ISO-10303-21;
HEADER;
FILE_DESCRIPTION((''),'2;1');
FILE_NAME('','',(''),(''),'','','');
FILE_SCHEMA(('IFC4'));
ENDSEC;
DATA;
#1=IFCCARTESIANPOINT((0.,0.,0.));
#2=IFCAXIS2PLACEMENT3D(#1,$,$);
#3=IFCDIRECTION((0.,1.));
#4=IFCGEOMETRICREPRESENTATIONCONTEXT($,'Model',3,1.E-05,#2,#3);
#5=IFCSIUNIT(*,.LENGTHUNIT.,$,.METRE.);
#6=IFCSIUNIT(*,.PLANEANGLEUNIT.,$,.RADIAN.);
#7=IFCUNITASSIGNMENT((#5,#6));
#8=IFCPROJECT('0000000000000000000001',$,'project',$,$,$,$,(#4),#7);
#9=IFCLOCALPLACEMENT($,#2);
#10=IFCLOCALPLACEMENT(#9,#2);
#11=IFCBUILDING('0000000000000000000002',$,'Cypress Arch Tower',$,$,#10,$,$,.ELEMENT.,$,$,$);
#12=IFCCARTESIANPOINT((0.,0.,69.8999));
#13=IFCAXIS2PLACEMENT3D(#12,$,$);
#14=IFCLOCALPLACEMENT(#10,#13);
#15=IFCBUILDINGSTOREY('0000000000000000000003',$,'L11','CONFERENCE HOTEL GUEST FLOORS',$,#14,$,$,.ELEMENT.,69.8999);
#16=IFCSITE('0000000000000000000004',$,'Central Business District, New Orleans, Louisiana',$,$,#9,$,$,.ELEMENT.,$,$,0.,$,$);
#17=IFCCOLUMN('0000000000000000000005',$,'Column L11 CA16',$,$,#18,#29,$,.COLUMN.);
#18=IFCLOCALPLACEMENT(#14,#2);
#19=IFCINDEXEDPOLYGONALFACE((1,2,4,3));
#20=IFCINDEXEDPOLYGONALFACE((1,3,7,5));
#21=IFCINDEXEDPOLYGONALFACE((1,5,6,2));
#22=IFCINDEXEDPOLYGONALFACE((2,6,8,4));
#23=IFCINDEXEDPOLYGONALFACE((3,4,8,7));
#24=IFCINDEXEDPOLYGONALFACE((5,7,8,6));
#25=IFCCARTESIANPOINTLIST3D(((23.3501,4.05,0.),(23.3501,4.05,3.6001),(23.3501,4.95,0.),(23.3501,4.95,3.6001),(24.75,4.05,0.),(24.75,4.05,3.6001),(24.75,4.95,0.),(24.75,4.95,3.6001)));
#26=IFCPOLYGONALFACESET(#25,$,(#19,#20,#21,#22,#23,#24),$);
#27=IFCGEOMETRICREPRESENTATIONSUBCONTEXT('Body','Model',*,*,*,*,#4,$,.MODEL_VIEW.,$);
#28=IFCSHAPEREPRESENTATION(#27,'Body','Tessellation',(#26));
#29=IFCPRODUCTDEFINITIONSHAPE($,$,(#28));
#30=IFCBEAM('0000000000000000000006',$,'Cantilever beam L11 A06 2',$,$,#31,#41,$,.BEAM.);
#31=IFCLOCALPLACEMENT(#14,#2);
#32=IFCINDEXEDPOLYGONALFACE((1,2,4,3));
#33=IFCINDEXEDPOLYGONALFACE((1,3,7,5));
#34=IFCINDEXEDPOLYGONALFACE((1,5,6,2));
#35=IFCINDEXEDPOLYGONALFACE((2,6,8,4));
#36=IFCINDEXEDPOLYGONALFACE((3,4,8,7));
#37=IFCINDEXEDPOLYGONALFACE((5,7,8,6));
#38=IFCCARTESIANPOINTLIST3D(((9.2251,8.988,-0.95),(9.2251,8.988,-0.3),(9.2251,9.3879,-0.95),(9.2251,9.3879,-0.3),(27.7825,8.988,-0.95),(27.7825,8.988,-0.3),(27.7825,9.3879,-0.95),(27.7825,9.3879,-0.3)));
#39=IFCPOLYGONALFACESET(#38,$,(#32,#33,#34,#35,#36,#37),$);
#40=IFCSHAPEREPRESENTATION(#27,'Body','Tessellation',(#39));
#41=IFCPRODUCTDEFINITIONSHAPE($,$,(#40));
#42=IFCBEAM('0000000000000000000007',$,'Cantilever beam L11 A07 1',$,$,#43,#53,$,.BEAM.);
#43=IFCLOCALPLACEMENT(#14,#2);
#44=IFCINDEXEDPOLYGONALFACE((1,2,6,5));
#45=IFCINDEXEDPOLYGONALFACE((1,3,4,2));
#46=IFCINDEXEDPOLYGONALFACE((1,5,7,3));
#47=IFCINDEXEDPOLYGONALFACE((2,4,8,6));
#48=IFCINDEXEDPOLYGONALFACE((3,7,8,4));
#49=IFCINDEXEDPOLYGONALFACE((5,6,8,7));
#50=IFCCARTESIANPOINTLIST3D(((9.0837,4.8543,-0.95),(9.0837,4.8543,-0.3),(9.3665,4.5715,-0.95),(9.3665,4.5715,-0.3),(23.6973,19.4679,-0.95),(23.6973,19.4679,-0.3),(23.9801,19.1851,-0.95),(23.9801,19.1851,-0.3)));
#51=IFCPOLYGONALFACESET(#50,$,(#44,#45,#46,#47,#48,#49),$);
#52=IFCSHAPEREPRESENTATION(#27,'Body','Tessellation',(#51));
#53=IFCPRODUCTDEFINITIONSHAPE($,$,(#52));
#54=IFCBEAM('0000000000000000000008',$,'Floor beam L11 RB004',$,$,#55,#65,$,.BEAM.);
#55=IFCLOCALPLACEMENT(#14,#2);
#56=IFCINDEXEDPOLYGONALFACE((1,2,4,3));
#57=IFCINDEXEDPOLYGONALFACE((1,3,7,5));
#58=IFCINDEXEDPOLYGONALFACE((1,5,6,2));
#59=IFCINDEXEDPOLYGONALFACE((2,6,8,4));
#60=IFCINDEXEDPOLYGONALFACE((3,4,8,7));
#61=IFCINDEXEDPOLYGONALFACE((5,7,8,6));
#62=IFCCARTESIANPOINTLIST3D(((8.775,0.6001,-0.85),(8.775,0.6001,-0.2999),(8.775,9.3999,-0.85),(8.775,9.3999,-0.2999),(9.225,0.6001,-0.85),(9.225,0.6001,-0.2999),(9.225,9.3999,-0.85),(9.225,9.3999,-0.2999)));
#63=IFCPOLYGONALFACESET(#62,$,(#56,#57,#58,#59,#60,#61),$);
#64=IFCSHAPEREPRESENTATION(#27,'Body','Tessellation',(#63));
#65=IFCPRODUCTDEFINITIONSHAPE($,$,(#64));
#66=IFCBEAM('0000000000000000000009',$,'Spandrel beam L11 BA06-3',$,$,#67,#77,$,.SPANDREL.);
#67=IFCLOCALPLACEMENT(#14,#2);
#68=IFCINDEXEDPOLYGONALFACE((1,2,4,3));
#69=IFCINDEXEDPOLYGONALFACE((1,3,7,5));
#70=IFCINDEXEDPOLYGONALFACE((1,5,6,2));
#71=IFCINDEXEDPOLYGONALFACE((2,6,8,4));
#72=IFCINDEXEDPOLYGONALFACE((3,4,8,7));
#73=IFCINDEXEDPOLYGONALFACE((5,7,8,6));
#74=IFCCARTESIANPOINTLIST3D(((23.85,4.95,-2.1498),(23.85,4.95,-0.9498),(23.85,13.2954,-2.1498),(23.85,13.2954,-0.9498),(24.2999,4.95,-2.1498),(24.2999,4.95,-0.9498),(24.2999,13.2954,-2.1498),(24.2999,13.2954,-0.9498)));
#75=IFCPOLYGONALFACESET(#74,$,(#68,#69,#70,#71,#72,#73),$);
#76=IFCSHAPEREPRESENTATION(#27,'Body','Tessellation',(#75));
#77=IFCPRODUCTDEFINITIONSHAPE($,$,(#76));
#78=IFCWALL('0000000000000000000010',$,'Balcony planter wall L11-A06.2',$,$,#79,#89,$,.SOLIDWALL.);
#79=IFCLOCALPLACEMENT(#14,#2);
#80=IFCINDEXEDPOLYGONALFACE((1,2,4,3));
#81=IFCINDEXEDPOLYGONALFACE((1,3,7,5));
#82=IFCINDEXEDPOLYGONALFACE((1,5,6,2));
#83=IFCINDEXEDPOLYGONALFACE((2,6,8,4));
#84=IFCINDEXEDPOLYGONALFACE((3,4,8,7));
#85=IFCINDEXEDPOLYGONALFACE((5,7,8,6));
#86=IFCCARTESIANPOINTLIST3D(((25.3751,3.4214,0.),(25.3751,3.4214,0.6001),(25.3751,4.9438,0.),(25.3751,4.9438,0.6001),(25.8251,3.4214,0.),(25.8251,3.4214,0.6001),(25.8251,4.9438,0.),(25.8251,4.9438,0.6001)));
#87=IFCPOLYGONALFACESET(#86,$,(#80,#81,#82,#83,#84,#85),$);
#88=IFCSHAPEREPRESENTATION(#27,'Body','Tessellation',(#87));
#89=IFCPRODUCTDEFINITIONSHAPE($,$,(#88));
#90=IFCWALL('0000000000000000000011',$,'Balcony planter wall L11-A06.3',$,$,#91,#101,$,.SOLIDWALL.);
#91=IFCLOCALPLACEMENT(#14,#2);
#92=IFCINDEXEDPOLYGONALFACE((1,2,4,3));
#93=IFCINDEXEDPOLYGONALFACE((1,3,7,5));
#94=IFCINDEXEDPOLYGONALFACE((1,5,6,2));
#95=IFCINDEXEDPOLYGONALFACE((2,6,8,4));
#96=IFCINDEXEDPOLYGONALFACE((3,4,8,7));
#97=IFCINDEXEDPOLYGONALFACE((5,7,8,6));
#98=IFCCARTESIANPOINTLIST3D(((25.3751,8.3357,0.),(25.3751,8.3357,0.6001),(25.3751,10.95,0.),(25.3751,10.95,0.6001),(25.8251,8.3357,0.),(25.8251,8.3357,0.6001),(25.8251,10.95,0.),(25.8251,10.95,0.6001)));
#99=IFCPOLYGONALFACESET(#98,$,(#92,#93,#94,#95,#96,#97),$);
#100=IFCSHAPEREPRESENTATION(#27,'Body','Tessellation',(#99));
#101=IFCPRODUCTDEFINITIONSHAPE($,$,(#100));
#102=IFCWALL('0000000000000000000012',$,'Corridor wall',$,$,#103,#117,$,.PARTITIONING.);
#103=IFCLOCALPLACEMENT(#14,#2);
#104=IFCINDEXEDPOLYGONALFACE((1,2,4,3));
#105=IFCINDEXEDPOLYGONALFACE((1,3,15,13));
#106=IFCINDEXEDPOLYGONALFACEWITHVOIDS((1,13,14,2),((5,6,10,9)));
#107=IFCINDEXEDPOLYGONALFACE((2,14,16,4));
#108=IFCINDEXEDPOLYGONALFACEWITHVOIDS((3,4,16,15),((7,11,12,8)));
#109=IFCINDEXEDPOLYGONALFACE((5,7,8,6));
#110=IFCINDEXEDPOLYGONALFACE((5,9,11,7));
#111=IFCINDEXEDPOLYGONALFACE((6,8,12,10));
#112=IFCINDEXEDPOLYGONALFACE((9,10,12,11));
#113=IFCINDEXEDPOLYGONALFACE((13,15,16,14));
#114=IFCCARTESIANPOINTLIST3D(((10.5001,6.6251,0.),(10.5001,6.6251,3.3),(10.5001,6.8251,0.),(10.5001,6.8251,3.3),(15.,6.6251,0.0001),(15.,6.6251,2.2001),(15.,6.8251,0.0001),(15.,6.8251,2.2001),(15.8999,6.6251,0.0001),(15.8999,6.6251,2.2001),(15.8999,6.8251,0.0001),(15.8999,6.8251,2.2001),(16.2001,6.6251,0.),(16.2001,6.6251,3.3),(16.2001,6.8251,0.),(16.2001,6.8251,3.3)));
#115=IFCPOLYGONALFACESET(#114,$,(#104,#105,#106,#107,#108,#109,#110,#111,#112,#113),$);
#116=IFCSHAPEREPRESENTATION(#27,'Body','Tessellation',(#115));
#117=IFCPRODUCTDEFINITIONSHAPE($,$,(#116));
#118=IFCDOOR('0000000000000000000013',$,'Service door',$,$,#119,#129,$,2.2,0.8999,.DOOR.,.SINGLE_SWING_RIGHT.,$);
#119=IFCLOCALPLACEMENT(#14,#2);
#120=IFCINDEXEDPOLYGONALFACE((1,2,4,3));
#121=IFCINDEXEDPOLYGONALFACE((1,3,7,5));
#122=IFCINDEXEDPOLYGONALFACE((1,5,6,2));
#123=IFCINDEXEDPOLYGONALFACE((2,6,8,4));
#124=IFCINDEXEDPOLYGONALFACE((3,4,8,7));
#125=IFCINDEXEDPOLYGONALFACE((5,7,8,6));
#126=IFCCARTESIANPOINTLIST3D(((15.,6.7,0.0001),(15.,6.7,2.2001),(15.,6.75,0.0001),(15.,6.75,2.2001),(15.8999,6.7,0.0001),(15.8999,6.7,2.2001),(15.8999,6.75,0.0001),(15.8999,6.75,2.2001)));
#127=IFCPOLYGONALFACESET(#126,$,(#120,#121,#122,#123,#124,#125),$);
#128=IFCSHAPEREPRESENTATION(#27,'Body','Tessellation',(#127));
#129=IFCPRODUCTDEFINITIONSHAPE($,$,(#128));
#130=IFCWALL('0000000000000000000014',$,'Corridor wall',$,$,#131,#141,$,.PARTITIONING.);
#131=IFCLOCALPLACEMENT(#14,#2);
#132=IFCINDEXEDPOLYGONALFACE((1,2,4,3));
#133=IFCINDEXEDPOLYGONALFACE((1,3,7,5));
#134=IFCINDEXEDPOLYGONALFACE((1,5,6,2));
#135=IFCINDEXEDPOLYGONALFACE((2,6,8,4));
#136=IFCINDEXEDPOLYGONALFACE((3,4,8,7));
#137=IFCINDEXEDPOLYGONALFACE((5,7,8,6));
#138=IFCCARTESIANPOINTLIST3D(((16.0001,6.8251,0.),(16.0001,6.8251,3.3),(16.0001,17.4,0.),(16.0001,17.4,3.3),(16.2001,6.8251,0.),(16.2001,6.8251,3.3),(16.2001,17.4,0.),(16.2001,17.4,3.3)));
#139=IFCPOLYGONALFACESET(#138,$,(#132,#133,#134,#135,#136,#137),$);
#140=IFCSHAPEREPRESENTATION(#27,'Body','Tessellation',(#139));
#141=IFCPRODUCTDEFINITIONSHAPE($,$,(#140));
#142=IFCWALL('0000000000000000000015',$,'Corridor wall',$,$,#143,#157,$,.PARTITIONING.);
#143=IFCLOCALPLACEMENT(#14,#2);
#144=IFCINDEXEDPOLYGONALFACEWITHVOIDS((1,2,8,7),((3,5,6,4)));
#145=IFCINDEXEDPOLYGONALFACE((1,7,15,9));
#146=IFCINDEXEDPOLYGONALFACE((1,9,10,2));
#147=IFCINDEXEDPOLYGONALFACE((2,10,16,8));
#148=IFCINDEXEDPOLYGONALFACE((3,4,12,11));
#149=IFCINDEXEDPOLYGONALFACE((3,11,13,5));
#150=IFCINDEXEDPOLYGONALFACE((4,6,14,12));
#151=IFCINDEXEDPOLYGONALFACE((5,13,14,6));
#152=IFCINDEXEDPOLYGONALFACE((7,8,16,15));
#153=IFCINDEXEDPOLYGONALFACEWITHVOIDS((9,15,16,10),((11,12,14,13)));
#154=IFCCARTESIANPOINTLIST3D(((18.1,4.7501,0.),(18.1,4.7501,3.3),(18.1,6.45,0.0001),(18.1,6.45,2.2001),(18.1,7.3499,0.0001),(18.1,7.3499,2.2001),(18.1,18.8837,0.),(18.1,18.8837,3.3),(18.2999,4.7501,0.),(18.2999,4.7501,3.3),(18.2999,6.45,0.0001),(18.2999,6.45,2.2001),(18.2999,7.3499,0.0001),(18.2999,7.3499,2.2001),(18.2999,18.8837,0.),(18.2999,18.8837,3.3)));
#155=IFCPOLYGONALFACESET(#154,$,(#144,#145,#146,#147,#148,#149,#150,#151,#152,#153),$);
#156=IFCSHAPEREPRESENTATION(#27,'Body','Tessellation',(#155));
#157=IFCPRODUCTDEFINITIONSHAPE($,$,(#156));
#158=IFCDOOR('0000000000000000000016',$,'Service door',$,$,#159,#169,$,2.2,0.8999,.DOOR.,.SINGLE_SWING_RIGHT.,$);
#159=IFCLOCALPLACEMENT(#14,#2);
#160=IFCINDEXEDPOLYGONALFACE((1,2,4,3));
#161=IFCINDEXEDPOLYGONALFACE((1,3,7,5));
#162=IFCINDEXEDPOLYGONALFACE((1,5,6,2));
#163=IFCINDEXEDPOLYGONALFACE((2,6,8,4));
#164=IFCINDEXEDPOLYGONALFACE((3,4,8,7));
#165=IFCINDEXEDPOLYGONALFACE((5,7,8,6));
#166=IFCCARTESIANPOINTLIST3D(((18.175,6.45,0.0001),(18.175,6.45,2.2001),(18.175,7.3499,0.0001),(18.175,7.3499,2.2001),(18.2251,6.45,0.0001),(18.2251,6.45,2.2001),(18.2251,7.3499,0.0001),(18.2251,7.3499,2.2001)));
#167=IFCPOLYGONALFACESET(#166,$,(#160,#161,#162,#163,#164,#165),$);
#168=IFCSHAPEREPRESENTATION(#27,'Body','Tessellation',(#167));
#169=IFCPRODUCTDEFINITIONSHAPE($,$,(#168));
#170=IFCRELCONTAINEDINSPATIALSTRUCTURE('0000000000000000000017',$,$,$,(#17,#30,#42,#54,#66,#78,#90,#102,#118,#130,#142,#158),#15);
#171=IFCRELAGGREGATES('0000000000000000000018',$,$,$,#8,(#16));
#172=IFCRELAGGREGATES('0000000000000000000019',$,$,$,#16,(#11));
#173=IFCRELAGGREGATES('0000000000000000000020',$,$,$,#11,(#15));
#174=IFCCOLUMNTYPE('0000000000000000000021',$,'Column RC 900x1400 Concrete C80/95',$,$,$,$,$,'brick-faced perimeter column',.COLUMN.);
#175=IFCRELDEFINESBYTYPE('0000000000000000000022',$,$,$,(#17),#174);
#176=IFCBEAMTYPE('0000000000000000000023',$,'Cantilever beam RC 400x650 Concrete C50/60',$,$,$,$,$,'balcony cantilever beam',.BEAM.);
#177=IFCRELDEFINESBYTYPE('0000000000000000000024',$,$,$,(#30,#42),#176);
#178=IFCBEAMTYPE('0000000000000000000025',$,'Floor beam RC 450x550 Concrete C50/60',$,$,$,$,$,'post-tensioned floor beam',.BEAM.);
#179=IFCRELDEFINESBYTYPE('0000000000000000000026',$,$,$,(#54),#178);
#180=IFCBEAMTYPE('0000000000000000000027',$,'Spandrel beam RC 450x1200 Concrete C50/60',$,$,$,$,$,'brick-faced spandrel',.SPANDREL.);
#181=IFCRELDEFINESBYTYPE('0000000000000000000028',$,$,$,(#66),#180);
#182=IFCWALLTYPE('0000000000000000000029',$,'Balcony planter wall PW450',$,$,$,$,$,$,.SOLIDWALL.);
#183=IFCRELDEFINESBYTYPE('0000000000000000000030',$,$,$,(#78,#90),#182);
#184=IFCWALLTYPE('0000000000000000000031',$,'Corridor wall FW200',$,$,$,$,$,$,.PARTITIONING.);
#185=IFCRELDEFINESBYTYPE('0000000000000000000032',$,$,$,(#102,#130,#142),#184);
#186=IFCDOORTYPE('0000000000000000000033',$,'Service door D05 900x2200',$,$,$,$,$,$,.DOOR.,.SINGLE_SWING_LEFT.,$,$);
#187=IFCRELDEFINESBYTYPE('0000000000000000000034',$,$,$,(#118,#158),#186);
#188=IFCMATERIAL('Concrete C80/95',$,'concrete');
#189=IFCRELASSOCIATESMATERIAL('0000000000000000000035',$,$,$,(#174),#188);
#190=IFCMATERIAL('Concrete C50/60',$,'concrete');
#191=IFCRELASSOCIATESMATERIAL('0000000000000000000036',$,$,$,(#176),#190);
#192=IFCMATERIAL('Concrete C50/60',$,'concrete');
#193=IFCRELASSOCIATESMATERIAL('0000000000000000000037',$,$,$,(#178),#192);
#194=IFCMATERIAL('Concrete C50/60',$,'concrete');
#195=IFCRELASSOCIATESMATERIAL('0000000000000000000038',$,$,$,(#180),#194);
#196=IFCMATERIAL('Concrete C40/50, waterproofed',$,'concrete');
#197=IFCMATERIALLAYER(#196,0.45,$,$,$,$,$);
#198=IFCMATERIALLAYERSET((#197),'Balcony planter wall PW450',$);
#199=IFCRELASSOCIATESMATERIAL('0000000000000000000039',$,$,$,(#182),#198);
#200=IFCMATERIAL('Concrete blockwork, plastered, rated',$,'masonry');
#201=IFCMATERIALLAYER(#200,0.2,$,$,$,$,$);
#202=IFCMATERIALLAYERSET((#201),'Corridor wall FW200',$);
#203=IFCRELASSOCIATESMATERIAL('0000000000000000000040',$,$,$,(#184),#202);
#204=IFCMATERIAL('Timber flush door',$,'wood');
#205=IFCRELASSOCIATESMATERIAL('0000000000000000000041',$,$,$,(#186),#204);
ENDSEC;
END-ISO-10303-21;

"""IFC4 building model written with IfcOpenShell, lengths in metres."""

from ifc_helpers import new_model, si_unit, direction, frame, frame_2d, origin, origin_2d, place, context, subcontext, project, spatial, rectangle, extrude, material, layer, layer_set, material_profile, profile_set, type_object, element, fill, save


model = new_model("IFC4")

# Units and contexts
model_context = context("Model", 3, precision=1e-05, world=origin(), true_north=direction((0.0, 1.0)))
body_context = subcontext(model_context, "Body", "Model", "MODEL_VIEW")
ifc_project = project(units=[si_unit("LENGTHUNIT", "METRE"), si_unit("PLANEANGLEUNIT", "RADIAN")], contexts=[model_context])

# Site, building, storey
site_placement = place(None, origin())
site = spatial("IfcSite", under=ifc_project, at=site_placement, Name="Central Business District, New Orleans, Louisiana", CompositionType="ELEMENT", RefElevation=0.0)
building_placement = place(site_placement, origin())
building = spatial("IfcBuilding", under=site, at=building_placement, Name="Cypress Arch Tower", CompositionType="ELEMENT")
storey_placement = place(building_placement, frame((0.0, 0.0, 69.8999)))
storey = spatial("IfcBuildingStorey", under=building, at=storey_placement, Name="L11", Description="CONFERENCE HOTEL GUEST FLOORS", CompositionType="ELEMENT", Elevation=69.8999)

# Column
ifc_material_1 = material(Name="Concrete C80/95", Category="concrete")
ifc_material_profile_1 = material_profile(ifc_material_1, rectangle(XDim=0.8999, YDim=1.3999, at=origin_2d()), Name="RC 900x1400")
ifc_profile_set_1 = profile_set([ifc_material_profile_1], Name="Concrete C80/95")
column_type = type_object("IfcColumnType", Name="Column RC 900x1400 Concrete C80/95", ElementType="brick-faced perimeter column", PredefinedType="COLUMN", material=ifc_profile_set_1)
column_placement = place(storey_placement, frame((24.05, 4.5, 0.0), z_axis=(0.0, 0.0, 1.0), x_axis=(0.0, 1.0, 0.0)))
element("IfcColumn", 1, at=column_placement, inside=storey, type_object=column_type, Name="Column L11 CA16", PredefinedType="COLUMN", context=body_context, shape_type="SweptSolid", body=[
    extrude(rectangle(XDim=0.8999, YDim=1.3999, at=origin_2d()), origin(), (0.0, 0.0, 1.0), 3.6001),
])

# Beams
ifc_material_2 = material(Name="Concrete C50/60", Category="concrete")
ifc_material_profile_2 = material_profile(ifc_material_2, rectangle(XDim=0.3999, YDim=0.6499, at=origin_2d()), Name="RC 400x650")
ifc_profile_set_2 = profile_set([ifc_material_profile_2], Name="Concrete C50/60")
beam_type_1 = type_object("IfcBeamType", Name="Cantilever beam RC 400x650 Concrete C50/60", ElementType="balcony cantilever beam", PredefinedType="BEAM", material=ifc_profile_set_2)
beam_1_placement = place(storey_placement, frame((9.2251, 9.188, -0.625), z_axis=(1.0, 0.0, 0.0), x_axis=(0.0, 1.0, 0.0)))
element("IfcBeam", 2, at=beam_1_placement, inside=storey, type_object=beam_type_1, Name="Cantilever beam L11 A06 2", PredefinedType="BEAM", context=body_context, shape_type="SweptSolid", body=[
    extrude(rectangle(XDim=0.3999, YDim=0.6499, at=origin_2d()), origin(), (0.0, 0.0, 1.0), 18.5574),
])
beam_2_placement = place(storey_placement, frame((9.2251, 4.7129, -0.625), z_axis=(0.707107, 0.707107, 0.0), x_axis=(-0.707107, 0.707107, 0.0)))
element("IfcBeam", 3, at=beam_2_placement, inside=storey, type_object=beam_type_1, Name="Cantilever beam L11 A07 1", PredefinedType="BEAM", context=body_context, shape_type="SweptSolid", body=[
    extrude(rectangle(XDim=0.3999, YDim=0.6499, at=origin_2d()), origin(), (0.0, 0.0, 1.0), 20.6667),
])
ifc_material_3 = material(Name="Concrete C50/60", Category="concrete")
ifc_material_profile_3 = material_profile(ifc_material_3, rectangle(XDim=0.45, YDim=0.55, at=origin_2d()), Name="RC 450x550")
ifc_profile_set_3 = profile_set([ifc_material_profile_3], Name="Concrete C50/60")
beam_type_2 = type_object("IfcBeamType", Name="Floor beam RC 450x550 Concrete C50/60", ElementType="post-tensioned floor beam", PredefinedType="BEAM", material=ifc_profile_set_3)
beam_3_placement = place(storey_placement, frame((9.0, 0.6001, -0.575), z_axis=(0.0, 1.0, 0.0), x_axis=(-1.0, 0.0, 0.0)))
element("IfcBeam", 4, at=beam_3_placement, inside=storey, type_object=beam_type_2, Name="Floor beam L11 RB004", PredefinedType="BEAM", context=body_context, shape_type="SweptSolid", body=[
    extrude(rectangle(XDim=0.45, YDim=0.55, at=origin_2d()), origin(), (0.0, 0.0, 1.0), 8.7998),
])
ifc_material_4 = material(Name="Concrete C50/60", Category="concrete")
ifc_material_profile_4 = material_profile(ifc_material_4, rectangle(XDim=0.45, YDim=1.2, at=origin_2d()), Name="RC 450x1200")
ifc_profile_set_4 = profile_set([ifc_material_profile_4], Name="Concrete C50/60")
beam_type_3 = type_object("IfcBeamType", Name="Spandrel beam RC 450x1200 Concrete C50/60", ElementType="brick-faced spandrel", PredefinedType="SPANDREL", material=ifc_profile_set_4)
beam_4_placement = place(storey_placement, frame((24.075, 4.95, -1.5498), z_axis=(0.0, 1.0, 0.0), x_axis=(-1.0, 0.0, 0.0)))
element("IfcBeam", 5, at=beam_4_placement, inside=storey, type_object=beam_type_3, Name="Spandrel beam L11 BA06-3", PredefinedType="SPANDREL", context=body_context, shape_type="SweptSolid", body=[
    extrude(rectangle(XDim=0.45, YDim=1.2, at=origin_2d()), origin(), (0.0, 0.0, 1.0), 8.3455),
])

# Walls
ifc_material_5 = material(Name="Concrete C40/50, waterproofed", Category="concrete")
ifc_layer_1 = layer(ifc_material_5, 0.45)
ifc_layer_set_1 = layer_set([ifc_layer_1], Name="Balcony planter wall PW450")
wall_type_1 = type_object("IfcWallType", Name="Balcony planter wall PW450", PredefinedType="SOLIDWALL", material=ifc_layer_set_1)
wall_1_placement = place(storey_placement, frame((25.6001, 3.4214, 0.0), z_axis=(0.0, 0.0, 1.0), x_axis=(0.0, 1.0, 0.0)))
element("IfcWall", 6, at=wall_1_placement, inside=storey, type_object=wall_type_1, Name="Balcony planter wall L11-A06.2", PredefinedType="SOLIDWALL", context=body_context, shape_type="SweptSolid", body=[
    extrude(rectangle(XDim=1.5225, YDim=0.45, at=frame_2d((0.7612, 0.0))), origin(), (0.0, 0.0, 1.0), 0.6001),
])
wall_2_placement = place(storey_placement, frame((25.6001, 8.3357, 0.0), z_axis=(0.0, 0.0, 1.0), x_axis=(0.0, 1.0, 0.0)))
element("IfcWall", 7, at=wall_2_placement, inside=storey, type_object=wall_type_1, Name="Balcony planter wall L11-A06.3", PredefinedType="SOLIDWALL", context=body_context, shape_type="SweptSolid", body=[
    extrude(rectangle(XDim=2.6143, YDim=0.45, at=frame_2d((1.3071, 0.0))), origin(), (0.0, 0.0, 1.0), 0.6001),
])

# Wall, opening, door
ifc_material_6 = material(Name="Concrete blockwork, plastered, rated", Category="masonry")
ifc_layer_2 = layer(ifc_material_6, 0.2)
ifc_layer_set_2 = layer_set([ifc_layer_2], Name="Corridor wall FW200")
wall_type_2 = type_object("IfcWallType", Name="Corridor wall FW200", PredefinedType="PARTITIONING", material=ifc_layer_set_2)
wall_3_placement = place(storey_placement, frame((10.5, 6.7251, 0.0), z_axis=(0.0, 0.0, 1.0), x_axis=(1.0, 0.0, 0.0)))
wall_3 = element("IfcWall", 8, at=wall_3_placement, inside=storey, type_object=wall_type_2, Name="Corridor wall", PredefinedType="PARTITIONING", context=body_context, shape_type="SweptSolid", body=[
    extrude(rectangle(XDim=5.7, YDim=0.2, at=frame_2d((2.8501, 0.0))), origin(), (0.0, 0.0, 1.0), 3.3),
])
opening_1_placement = place(wall_3_placement, frame((4.5, 0.0, 0.0)))
opening_1 = element("IfcOpeningElement", 9, at=opening_1_placement, cuts=wall_3, PredefinedType="OPENING", context=body_context, shape_type="SweptSolid", body=[
    extrude(rectangle(XDim=0.8999, YDim=2.2, at=frame_2d((0.45, 1.1001))), frame((0.0, 0.1099, 0.0), z_axis=(0.0, -1.0, 0.0), x_axis=(1.0, 0.0, 0.0)), (0.0, 0.0, 1.0), 0.22),
])
ifc_material_7 = material(Name="Timber flush door", Category="wood")
door_type_1 = type_object("IfcDoorType", Name="Service door D05 900x2200", OperationType="SINGLE_SWING_LEFT", PredefinedType="DOOR", material=ifc_material_7)
door_1_placement = place(opening_1_placement, origin())
door_1 = element("IfcDoor", 10, at=door_1_placement, inside=storey, type_object=door_type_1, Name="Service door", OperationType="SINGLE_SWING_RIGHT", OverallHeight=2.2, OverallWidth=0.8999, PredefinedType="DOOR", context=body_context, shape_type="SweptSolid", body=[
    extrude(rectangle(XDim=0.8999, YDim=2.2, at=frame_2d((0.45, 1.1001))), frame((0.0, 0.0249, 0.0), z_axis=(0.0, -1.0, 0.0), x_axis=(1.0, 0.0, 0.0)), (0.0, 0.0, 1.0), 0.05),
])
fill(opening_1, door_1)

# Wall
wall_4_placement = place(storey_placement, frame((16.1001, 6.825, 0.0), z_axis=(0.0, 0.0, 1.0), x_axis=(0.0, 1.0, 0.0)))
element("IfcWall", 11, at=wall_4_placement, inside=storey, type_object=wall_type_2, Name="Corridor wall", PredefinedType="PARTITIONING", context=body_context, shape_type="SweptSolid", body=[
    extrude(rectangle(XDim=10.575, YDim=0.2, at=frame_2d((5.2876, 0.0))), origin(), (0.0, 0.0, 1.0), 3.3),
])

# Wall, opening, door
wall_5_placement = place(storey_placement, frame((18.2, 4.75, 0.0), z_axis=(0.0, 0.0, 1.0), x_axis=(0.0, 1.0, 0.0)))
wall_5 = element("IfcWall", 12, at=wall_5_placement, inside=storey, type_object=wall_type_2, Name="Corridor wall", PredefinedType="PARTITIONING", context=body_context, shape_type="SweptSolid", body=[
    extrude(rectangle(XDim=14.1335, YDim=0.2, at=frame_2d((7.0669, 0.0))), origin(), (0.0, 0.0, 1.0), 3.3),
])
opening_2_placement = place(wall_5_placement, frame((1.7, 0.0, 0.0)))
opening_2 = element("IfcOpeningElement", 13, at=opening_2_placement, cuts=wall_5, PredefinedType="OPENING", context=body_context, shape_type="SweptSolid", body=[
    extrude(rectangle(XDim=0.8999, YDim=2.2, at=frame_2d((0.45, 1.1001))), frame((0.0, 0.1099, 0.0), z_axis=(0.0, -1.0, 0.0), x_axis=(1.0, 0.0, 0.0)), (0.0, 0.0, 1.0), 0.22),
])
door_2_placement = place(opening_2_placement, origin())
door_2 = element("IfcDoor", 14, at=door_2_placement, inside=storey, type_object=door_type_1, Name="Service door", OperationType="SINGLE_SWING_RIGHT", OverallHeight=2.2, OverallWidth=0.8999, PredefinedType="DOOR", context=body_context, shape_type="SweptSolid", body=[
    extrude(rectangle(XDim=0.8999, YDim=2.2, at=frame_2d((0.45, 1.1001))), frame((0.0, 0.0249, 0.0), z_axis=(0.0, -1.0, 0.0), x_axis=(1.0, 0.0, 0.0)), (0.0, 0.0, 1.0), 0.05),
])
fill(opening_2, door_2)

save(model, "model.ifc")
